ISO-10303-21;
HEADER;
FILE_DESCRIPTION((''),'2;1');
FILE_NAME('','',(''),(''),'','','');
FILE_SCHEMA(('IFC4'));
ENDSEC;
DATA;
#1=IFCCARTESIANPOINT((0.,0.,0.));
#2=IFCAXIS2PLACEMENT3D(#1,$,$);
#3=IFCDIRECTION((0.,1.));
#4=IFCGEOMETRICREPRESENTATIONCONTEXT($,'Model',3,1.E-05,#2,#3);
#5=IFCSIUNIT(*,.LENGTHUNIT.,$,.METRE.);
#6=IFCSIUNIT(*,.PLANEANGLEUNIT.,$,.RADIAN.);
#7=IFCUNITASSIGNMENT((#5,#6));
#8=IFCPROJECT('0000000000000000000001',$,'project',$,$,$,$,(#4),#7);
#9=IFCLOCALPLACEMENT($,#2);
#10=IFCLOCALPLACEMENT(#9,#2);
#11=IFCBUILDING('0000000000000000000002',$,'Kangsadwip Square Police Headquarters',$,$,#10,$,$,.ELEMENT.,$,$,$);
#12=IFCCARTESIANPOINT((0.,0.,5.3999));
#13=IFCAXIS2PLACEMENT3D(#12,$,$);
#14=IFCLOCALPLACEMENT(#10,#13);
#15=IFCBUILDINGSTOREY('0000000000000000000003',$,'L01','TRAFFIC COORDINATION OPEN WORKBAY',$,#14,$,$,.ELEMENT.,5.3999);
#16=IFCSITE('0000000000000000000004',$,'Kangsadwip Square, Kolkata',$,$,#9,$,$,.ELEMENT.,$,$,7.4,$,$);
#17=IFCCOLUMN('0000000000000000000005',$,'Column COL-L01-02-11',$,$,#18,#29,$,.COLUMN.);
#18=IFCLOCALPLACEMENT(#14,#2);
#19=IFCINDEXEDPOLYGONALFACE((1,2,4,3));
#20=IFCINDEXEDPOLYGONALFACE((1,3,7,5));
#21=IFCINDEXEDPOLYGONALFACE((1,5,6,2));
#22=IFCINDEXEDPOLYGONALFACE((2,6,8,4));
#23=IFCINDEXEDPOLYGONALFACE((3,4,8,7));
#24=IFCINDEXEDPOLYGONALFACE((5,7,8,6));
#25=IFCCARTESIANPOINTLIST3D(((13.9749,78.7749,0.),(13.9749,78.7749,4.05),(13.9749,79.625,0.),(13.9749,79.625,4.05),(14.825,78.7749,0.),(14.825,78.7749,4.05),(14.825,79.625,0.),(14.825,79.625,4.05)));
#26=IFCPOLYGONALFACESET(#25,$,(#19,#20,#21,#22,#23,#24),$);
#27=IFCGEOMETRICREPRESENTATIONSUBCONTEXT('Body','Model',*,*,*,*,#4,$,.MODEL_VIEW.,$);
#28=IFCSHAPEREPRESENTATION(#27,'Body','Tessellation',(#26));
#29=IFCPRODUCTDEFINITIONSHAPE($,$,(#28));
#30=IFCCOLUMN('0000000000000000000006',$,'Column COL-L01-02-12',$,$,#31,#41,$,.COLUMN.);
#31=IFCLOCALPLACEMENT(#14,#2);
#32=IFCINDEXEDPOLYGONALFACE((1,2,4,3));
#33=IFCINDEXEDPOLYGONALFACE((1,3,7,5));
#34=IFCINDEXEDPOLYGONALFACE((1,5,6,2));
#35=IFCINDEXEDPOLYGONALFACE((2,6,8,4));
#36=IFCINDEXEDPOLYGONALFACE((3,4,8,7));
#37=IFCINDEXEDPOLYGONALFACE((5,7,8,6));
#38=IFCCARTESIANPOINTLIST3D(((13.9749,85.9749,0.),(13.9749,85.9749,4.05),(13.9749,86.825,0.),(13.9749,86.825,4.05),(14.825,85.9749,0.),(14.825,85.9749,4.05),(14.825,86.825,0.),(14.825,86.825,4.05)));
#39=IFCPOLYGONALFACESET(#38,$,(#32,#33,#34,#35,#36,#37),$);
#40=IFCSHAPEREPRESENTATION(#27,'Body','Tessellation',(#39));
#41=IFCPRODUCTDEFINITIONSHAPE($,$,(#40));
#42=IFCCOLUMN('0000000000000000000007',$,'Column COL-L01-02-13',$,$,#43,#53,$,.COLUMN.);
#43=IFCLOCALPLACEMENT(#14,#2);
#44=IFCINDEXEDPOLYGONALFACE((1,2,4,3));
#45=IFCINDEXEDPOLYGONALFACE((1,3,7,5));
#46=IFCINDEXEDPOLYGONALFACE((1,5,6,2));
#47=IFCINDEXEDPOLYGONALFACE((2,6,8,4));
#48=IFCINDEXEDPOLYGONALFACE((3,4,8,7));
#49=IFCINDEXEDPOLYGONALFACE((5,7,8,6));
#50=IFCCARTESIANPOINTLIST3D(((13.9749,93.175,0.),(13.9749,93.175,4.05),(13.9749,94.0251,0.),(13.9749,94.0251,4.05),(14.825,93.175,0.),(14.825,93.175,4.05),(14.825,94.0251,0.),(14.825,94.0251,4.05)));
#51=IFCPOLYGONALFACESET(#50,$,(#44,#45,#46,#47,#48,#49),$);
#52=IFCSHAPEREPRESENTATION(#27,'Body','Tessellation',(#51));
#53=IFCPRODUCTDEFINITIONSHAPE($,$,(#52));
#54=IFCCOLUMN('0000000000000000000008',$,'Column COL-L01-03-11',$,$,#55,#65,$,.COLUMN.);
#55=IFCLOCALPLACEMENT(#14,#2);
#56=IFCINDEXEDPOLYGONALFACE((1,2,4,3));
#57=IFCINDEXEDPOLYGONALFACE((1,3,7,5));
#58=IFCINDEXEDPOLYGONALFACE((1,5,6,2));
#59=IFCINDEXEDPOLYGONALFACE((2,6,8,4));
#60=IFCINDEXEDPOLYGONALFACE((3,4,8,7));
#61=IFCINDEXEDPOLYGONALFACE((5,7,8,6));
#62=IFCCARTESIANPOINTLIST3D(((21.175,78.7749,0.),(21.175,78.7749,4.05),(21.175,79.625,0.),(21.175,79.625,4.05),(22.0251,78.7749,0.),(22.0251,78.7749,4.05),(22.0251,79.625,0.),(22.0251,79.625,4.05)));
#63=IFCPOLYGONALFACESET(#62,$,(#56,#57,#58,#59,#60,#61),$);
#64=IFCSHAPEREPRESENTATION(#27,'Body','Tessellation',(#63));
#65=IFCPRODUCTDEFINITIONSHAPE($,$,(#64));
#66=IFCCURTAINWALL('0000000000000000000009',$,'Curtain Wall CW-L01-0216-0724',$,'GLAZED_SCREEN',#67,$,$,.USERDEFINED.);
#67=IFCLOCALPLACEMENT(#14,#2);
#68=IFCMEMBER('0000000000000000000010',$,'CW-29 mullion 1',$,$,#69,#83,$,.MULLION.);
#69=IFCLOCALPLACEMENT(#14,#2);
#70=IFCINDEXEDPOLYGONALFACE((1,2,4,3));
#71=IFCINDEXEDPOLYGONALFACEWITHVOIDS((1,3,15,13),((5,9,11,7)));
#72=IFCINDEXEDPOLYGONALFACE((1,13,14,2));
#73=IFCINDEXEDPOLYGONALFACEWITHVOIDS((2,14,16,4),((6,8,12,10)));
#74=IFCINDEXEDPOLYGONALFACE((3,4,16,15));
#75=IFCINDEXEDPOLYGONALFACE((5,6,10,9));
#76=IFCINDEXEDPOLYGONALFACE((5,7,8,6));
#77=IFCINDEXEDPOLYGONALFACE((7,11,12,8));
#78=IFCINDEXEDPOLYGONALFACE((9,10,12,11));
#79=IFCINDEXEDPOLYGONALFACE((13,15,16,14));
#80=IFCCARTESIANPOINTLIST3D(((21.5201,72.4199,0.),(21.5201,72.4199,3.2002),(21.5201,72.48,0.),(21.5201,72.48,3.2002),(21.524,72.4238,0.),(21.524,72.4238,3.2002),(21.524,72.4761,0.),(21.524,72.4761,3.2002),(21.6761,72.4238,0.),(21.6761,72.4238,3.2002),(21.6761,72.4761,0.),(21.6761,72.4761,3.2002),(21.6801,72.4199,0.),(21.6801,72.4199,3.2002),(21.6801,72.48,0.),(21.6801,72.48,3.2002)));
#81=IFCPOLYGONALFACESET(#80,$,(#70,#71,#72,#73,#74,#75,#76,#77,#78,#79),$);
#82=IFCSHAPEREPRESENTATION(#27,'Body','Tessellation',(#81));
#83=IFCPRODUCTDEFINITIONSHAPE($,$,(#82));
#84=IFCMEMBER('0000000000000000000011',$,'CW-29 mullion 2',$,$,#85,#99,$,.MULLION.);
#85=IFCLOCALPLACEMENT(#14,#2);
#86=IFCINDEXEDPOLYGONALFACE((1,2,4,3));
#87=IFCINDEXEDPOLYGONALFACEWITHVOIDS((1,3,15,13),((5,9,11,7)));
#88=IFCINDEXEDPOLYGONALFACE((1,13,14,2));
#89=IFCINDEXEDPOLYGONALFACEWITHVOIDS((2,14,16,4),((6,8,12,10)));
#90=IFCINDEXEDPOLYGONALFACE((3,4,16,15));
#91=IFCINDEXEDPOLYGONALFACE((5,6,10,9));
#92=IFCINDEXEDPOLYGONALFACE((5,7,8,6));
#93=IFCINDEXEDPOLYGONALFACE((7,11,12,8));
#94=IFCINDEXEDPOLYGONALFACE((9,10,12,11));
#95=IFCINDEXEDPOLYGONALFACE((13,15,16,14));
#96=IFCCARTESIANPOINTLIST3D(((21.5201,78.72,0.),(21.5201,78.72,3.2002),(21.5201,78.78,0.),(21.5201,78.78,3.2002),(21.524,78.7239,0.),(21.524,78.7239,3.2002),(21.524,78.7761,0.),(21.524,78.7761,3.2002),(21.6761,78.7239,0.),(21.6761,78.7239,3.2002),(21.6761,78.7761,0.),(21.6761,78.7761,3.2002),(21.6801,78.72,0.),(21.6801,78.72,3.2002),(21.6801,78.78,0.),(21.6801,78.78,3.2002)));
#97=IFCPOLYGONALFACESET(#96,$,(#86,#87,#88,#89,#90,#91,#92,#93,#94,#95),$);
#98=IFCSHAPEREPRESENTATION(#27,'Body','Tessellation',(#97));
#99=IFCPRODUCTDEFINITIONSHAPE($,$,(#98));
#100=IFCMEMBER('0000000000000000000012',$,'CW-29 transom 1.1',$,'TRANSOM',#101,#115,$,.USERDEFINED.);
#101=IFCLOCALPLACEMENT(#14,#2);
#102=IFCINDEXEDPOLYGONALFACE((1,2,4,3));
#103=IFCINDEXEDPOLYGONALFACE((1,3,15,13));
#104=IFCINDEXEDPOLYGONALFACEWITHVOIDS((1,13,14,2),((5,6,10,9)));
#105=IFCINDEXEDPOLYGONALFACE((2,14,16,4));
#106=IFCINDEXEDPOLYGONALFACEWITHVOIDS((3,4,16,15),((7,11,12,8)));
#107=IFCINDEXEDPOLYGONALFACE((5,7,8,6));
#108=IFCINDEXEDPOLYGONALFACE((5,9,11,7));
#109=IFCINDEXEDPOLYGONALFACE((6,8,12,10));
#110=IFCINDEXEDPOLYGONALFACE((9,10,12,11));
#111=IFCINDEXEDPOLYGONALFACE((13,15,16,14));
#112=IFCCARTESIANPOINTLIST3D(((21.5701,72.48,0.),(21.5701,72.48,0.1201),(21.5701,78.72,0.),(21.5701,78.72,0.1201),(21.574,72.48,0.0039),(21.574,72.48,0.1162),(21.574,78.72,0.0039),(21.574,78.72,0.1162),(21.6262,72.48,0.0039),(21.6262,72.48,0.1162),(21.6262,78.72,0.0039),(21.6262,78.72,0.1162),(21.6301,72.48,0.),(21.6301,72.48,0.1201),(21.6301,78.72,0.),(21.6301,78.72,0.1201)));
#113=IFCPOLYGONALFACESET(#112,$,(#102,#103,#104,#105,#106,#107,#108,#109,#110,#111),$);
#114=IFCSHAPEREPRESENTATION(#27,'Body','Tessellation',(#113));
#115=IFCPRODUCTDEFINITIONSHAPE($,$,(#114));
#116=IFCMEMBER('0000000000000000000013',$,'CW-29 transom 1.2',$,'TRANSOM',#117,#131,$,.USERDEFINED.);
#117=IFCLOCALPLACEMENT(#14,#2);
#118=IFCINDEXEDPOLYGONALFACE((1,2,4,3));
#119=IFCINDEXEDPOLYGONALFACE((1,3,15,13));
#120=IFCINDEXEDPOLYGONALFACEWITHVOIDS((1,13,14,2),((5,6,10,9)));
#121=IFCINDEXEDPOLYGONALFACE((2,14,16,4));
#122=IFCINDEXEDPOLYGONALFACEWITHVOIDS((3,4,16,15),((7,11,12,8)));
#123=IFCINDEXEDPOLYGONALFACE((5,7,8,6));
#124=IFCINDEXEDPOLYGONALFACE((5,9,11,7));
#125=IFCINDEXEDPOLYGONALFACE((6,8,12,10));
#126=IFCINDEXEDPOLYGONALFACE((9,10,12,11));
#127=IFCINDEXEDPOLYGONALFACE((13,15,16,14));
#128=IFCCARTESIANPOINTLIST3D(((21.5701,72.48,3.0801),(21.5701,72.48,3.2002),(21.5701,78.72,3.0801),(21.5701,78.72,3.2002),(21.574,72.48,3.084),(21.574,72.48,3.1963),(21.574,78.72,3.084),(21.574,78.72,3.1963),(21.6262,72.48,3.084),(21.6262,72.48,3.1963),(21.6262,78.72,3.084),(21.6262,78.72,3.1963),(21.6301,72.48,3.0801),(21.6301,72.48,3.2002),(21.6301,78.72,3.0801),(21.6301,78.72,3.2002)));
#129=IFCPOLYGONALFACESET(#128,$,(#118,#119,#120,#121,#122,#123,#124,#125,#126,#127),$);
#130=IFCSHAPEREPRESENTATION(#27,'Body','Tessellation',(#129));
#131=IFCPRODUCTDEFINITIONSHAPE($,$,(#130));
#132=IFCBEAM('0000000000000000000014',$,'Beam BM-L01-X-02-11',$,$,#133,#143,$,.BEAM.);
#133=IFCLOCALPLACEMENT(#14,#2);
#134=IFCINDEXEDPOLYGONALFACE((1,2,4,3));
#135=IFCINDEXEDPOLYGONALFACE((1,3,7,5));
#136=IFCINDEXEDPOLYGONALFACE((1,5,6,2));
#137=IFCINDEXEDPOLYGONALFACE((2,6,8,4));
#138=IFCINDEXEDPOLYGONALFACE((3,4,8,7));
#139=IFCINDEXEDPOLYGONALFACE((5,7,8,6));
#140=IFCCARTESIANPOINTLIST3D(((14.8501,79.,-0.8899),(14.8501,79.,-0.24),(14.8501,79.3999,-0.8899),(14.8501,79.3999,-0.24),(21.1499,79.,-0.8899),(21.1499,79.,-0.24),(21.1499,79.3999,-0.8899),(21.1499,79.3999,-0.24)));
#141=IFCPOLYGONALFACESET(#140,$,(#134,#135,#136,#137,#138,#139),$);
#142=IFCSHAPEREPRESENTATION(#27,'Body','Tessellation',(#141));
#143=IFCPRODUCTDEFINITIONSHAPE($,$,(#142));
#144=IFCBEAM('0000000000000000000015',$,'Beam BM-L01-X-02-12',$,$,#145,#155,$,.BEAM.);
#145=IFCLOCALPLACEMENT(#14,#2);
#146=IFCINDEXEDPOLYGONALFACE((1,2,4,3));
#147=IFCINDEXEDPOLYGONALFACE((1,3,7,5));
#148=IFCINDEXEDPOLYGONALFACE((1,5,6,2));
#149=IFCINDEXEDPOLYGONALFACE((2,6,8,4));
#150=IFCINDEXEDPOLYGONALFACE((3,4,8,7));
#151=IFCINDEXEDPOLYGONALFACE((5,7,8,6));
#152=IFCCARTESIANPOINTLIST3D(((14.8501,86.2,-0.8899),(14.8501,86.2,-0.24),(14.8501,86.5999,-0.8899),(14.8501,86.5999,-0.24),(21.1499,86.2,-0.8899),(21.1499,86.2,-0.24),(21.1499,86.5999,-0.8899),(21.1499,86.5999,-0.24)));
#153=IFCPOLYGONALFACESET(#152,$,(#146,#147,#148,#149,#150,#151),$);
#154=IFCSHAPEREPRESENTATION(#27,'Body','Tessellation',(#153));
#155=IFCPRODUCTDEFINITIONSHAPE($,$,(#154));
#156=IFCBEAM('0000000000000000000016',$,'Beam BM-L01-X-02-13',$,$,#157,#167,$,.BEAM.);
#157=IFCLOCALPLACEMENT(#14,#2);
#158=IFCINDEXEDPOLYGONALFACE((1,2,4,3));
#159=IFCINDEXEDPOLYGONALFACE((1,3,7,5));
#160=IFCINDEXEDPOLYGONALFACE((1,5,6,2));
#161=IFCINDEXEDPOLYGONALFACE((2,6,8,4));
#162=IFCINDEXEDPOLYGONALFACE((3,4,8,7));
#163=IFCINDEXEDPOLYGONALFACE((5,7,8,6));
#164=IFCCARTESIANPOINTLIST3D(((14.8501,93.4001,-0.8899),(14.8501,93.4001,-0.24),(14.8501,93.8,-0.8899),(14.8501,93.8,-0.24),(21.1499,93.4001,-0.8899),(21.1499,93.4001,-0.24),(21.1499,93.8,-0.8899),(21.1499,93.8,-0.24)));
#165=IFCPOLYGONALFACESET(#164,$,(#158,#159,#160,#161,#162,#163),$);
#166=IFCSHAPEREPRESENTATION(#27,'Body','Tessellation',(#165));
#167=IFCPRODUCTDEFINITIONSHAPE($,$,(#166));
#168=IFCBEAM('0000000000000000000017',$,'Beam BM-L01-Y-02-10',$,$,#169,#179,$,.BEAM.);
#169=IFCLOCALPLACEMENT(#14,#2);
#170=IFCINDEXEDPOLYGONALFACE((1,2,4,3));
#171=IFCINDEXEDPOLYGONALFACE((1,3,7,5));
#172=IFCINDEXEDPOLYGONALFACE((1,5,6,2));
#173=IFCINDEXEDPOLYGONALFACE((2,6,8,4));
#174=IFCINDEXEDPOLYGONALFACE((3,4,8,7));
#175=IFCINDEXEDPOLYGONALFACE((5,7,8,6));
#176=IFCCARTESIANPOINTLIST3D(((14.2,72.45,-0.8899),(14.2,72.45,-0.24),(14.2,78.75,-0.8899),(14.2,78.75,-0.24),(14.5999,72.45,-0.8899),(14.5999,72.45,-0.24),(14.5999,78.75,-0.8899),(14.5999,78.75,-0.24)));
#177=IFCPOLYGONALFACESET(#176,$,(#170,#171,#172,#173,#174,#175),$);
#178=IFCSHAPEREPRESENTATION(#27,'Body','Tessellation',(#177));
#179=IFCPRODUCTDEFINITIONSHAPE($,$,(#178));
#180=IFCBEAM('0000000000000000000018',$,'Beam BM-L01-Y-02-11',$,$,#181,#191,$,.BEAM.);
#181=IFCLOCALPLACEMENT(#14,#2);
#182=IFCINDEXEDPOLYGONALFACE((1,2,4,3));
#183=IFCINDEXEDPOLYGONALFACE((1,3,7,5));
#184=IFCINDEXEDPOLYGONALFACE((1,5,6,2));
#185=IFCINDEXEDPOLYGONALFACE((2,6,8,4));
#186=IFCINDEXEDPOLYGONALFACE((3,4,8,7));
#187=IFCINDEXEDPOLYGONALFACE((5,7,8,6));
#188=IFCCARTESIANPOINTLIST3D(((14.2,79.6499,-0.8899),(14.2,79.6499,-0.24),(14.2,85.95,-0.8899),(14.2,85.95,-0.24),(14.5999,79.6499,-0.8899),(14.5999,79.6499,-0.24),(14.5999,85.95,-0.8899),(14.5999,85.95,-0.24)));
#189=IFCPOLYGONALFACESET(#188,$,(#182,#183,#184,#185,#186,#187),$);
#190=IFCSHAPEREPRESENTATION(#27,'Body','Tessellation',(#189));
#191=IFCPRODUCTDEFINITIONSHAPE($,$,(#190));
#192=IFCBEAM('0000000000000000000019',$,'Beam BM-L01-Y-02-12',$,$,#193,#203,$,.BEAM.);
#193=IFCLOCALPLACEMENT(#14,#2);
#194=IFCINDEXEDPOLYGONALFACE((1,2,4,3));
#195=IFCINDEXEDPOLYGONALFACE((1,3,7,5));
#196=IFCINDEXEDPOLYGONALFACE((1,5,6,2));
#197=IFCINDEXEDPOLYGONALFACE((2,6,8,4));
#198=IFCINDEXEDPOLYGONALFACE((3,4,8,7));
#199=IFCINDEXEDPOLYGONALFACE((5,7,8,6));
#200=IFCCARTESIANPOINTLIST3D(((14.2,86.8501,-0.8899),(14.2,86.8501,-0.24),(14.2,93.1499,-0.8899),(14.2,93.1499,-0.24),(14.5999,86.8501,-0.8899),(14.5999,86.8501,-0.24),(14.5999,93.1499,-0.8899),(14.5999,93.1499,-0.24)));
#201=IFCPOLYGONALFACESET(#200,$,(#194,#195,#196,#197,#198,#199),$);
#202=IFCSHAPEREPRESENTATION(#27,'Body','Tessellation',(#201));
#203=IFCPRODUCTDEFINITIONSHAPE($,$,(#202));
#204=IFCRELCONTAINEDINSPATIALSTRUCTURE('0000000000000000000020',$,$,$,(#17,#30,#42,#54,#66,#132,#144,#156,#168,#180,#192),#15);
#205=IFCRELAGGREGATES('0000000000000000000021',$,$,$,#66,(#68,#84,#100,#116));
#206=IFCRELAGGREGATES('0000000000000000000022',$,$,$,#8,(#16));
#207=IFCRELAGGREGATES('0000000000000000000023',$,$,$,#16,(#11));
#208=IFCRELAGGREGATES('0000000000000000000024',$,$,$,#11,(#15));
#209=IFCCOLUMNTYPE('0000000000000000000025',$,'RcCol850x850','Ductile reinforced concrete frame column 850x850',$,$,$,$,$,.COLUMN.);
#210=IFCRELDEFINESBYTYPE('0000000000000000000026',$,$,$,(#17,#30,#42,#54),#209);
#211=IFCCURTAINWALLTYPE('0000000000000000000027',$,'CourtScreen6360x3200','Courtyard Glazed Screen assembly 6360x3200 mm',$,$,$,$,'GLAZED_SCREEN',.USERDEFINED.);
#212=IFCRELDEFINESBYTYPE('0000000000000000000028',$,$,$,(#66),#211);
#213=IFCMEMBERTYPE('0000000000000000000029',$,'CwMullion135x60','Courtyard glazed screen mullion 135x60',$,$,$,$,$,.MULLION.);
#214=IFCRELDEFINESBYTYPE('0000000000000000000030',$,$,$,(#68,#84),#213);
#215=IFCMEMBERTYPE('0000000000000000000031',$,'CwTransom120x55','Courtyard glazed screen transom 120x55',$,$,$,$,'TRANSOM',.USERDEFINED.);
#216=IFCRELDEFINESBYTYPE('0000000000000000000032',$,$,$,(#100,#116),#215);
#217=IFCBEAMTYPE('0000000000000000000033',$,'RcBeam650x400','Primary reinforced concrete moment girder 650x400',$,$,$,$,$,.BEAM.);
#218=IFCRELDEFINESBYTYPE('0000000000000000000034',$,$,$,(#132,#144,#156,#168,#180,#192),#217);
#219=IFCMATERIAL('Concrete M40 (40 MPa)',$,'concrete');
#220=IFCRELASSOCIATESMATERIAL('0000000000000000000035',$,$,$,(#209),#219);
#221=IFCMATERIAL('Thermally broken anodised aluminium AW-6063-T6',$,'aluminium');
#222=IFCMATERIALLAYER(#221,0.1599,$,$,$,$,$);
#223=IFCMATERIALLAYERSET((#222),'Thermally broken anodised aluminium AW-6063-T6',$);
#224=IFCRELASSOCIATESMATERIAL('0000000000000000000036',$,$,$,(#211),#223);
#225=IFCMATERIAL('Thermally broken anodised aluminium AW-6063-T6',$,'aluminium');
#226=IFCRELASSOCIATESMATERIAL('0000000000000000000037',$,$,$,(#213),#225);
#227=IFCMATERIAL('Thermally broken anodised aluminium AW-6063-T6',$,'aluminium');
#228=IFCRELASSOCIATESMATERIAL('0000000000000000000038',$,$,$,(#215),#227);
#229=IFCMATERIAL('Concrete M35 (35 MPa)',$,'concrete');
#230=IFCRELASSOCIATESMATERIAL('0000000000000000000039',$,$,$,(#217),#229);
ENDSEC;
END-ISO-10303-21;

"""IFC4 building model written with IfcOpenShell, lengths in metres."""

from ifc_helpers import new_model, si_unit, direction, frame, origin, origin_2d, place, context, subcontext, project, spatial, rectangle, hollow_rectangle, extrude, material, layer, layer_set, material_profile, profile_set, type_object, element, aggregate, save


model = new_model("IFC4")

# Units and contexts
model_context = context("Model", 3, precision=1e-05, world=origin(), true_north=direction((0.0, 1.0)))
body_context = subcontext(model_context, "Body", "Model", "MODEL_VIEW")
ifc_project = project(units=[si_unit("LENGTHUNIT", "METRE"), si_unit("PLANEANGLEUNIT", "RADIAN")], contexts=[model_context])

# Site, building, storey
site_placement = place(None, origin())
site = spatial("IfcSite", under=ifc_project, at=site_placement, Name="Kangsadwip Square, Kolkata", CompositionType="ELEMENT", RefElevation=7.4)
building_placement = place(site_placement, origin())
building = spatial("IfcBuilding", under=site, at=building_placement, Name="Kangsadwip Square Police Headquarters", CompositionType="ELEMENT")
storey_placement = place(building_placement, frame((0.0, 0.0, 5.3999)))
storey = spatial("IfcBuildingStorey", under=building, at=storey_placement, Name="L01", Description="TRAFFIC COORDINATION OPEN WORKBAY", CompositionType="ELEMENT", Elevation=5.3999)

# Columns
ifc_material_1 = material(Name="Concrete M40 (40 MPa)", Category="concrete")
ifc_material_profile_1 = material_profile(ifc_material_1, rectangle(XDim=0.8501, YDim=0.8501, at=origin_2d()), Name="RC COL 850X850")
ifc_profile_set_1 = profile_set([ifc_material_profile_1], Name="Concrete M40 (40 MPa)")
column_type = type_object("IfcColumnType", Name="RcCol850x850", Description="Ductile reinforced concrete frame column 850x850", PredefinedType="COLUMN", material=ifc_profile_set_1)
for number, where, z_axis, x_axis, name in (
    (1, (14.3999, 79.2, 0.0), (0.0, 0.0, 1.0), (1.0, 0.0, 0.0), "Column COL-L01-02-11"),
    (2, (14.3999, 86.3999, 0.0), (0.0, 0.0, 1.0), (1.0, 0.0, 0.0), "Column COL-L01-02-12"),
    (3, (14.3999, 93.6001, 0.0), (0.0, 0.0, 1.0), (1.0, 0.0, 0.0), "Column COL-L01-02-13"),
    (4, (21.6001, 79.2, 0.0), (0.0, 0.0, 1.0), (1.0, 0.0, 0.0), "Column COL-L01-03-11"),
):
    element("IfcColumn", number, at=place(storey_placement, frame(where, z_axis=z_axis, x_axis=x_axis)), inside=storey, type_object=column_type, Name=name, PredefinedType="COLUMN", context=body_context, shape_type="SweptSolid", body=[
        extrude(rectangle(XDim=0.8501, YDim=0.8501, at=origin_2d()), origin(), (0.0, 0.0, 1.0), 4.05),
    ])

# Curtain wall, members
ifc_material_2 = material(Name="Thermally broken anodised aluminium AW-6063-T6", Category="aluminium")
ifc_layer_1 = layer(ifc_material_2, 0.1599)
ifc_layer_set_1 = layer_set([ifc_layer_1], Name="Thermally broken anodised aluminium AW-6063-T6")
curtain_wall_type = type_object("IfcCurtainWallType", Name="CourtScreen6360x3200", Description="Courtyard Glazed Screen assembly 6360x3200 mm", ElementType="GLAZED_SCREEN", PredefinedType="USERDEFINED", material=ifc_layer_set_1)
curtain_wall_placement = place(storey_placement, origin())
curtain_wall = element("IfcCurtainWall", 5, at=curtain_wall_placement, inside=storey, type_object=curtain_wall_type, Name="Curtain Wall CW-L01-0216-0724", ObjectType="GLAZED_SCREEN", PredefinedType="USERDEFINED")
ifc_material_3 = material(Name="Thermally broken anodised aluminium AW-6063-T6", Category="aluminium")
ifc_material_profile_2 = material_profile(ifc_material_3, hollow_rectangle(XDim=0.0601, YDim=0.1599, WallThickness=0.0039, at=origin_2d()), Name="CWM 160X60X4")
ifc_profile_set_2 = profile_set([ifc_material_profile_2], Name="Thermally broken anodised aluminium AW-6063-T6")
member_type_1 = type_object("IfcMemberType", Name="CwMullion135x60", Description="Courtyard glazed screen mullion 135x60", PredefinedType="MULLION", material=ifc_profile_set_2)
member_1_placement = place(storey_placement, frame((21.6001, 72.45, 0.0), z_axis=(0.0, 0.0, 1.0), x_axis=(0.0, 1.0, 0.0)))
member_1 = element("IfcMember", 6, at=member_1_placement, type_object=member_type_1, Name="CW-29 mullion 1", PredefinedType="MULLION", context=body_context, shape_type="SweptSolid", body=[
    extrude(hollow_rectangle(XDim=0.0601, YDim=0.1599, WallThickness=0.0039, at=origin_2d()), origin(), (0.0, 0.0, 1.0), 3.2002),
])
member_2_placement = place(storey_placement, frame((21.6001, 78.75, 0.0), z_axis=(0.0, 0.0, 1.0), x_axis=(0.0, 1.0, 0.0)))
member_2 = element("IfcMember", 7, at=member_2_placement, type_object=member_type_1, Name="CW-29 mullion 2", PredefinedType="MULLION", context=body_context, shape_type="SweptSolid", body=[
    extrude(hollow_rectangle(XDim=0.0601, YDim=0.1599, WallThickness=0.0039, at=origin_2d()), origin(), (0.0, 0.0, 1.0), 3.2002),
])
ifc_material_4 = material(Name="Thermally broken anodised aluminium AW-6063-T6", Category="aluminium")
ifc_material_profile_3 = material_profile(ifc_material_4, hollow_rectangle(XDim=0.0601, YDim=0.1201, WallThickness=0.0039, at=origin_2d()), Name="CWT 120X60X4")
ifc_profile_set_3 = profile_set([ifc_material_profile_3], Name="Thermally broken anodised aluminium AW-6063-T6")
member_type_2 = type_object("IfcMemberType", Name="CwTransom120x55", Description="Courtyard glazed screen transom 120x55", ElementType="TRANSOM", PredefinedType="USERDEFINED", material=ifc_profile_set_3)
member_3_placement = place(storey_placement, frame((21.6001, 72.48, 0.0601), z_axis=(0.0, 1.0, 0.0), x_axis=(-1.0, 0.0, 0.0)))
member_3 = element("IfcMember", 8, at=member_3_placement, type_object=member_type_2, Name="CW-29 transom 1.1", ObjectType="TRANSOM", PredefinedType="USERDEFINED", context=body_context, shape_type="SweptSolid", body=[
    extrude(hollow_rectangle(XDim=0.0601, YDim=0.1201, WallThickness=0.0039, at=origin_2d()), origin(), (0.0, 0.0, 1.0), 6.24),
])
member_4_placement = place(storey_placement, frame((21.6001, 72.48, 3.1401), z_axis=(0.0, 1.0, 0.0), x_axis=(-1.0, 0.0, 0.0)))
member_4 = element("IfcMember", 9, at=member_4_placement, type_object=member_type_2, Name="CW-29 transom 1.2", ObjectType="TRANSOM", PredefinedType="USERDEFINED", context=body_context, shape_type="SweptSolid", body=[
    extrude(hollow_rectangle(XDim=0.0601, YDim=0.1201, WallThickness=0.0039, at=origin_2d()), origin(), (0.0, 0.0, 1.0), 6.24),
])

# Beams
ifc_material_5 = material(Name="Concrete M35 (35 MPa)", Category="concrete")
ifc_material_profile_4 = material_profile(ifc_material_5, rectangle(XDim=0.3999, YDim=0.6499, at=origin_2d()), Name="RC BM 650X400")
ifc_profile_set_4 = profile_set([ifc_material_profile_4], Name="Concrete M35 (35 MPa)")
beam_type_1 = type_object("IfcBeamType", Name="RcBeam650x400", Description="Primary reinforced concrete moment girder 650x400", PredefinedType="BEAM", material=ifc_profile_set_4)
for number, where, z_axis, x_axis, name in (
    (10, (14.8501, 79.2, -0.5649), (1.0, 0.0, 0.0), (0.0, 1.0, 0.0), "Beam BM-L01-X-02-11"),
    (11, (14.8501, 86.3999, -0.5649), (1.0, 0.0, 0.0), (0.0, 1.0, 0.0), "Beam BM-L01-X-02-12"),
    (12, (14.8501, 93.6001, -0.5649), (1.0, 0.0, 0.0), (0.0, 1.0, 0.0), "Beam BM-L01-X-02-13"),
):
    element("IfcBeam", number, at=place(storey_placement, frame(where, z_axis=z_axis, x_axis=x_axis)), inside=storey, type_object=beam_type_1, Name=name, PredefinedType="BEAM", context=body_context, shape_type="SweptSolid", body=[
        extrude(rectangle(XDim=0.3999, YDim=0.6499, at=origin_2d()), origin(), (0.0, 0.0, 1.0), 6.2998),
    ])
for number, where, z_axis, x_axis, name in (
    (13, (14.3999, 72.45, -0.5649), (0.0, 1.0, 0.0), (-1.0, 0.0, 0.0), "Beam BM-L01-Y-02-10"),
    (14, (14.3999, 79.6499, -0.5649), (0.0, 1.0, 0.0), (-1.0, 0.0, 0.0), "Beam BM-L01-Y-02-11"),
):
    element("IfcBeam", number, at=place(storey_placement, frame(where, z_axis=z_axis, x_axis=x_axis)), inside=storey, type_object=beam_type_1, Name=name, PredefinedType="BEAM", context=body_context, shape_type="SweptSolid", body=[
        extrude(rectangle(XDim=0.3999, YDim=0.6499, at=origin_2d()), origin(), (0.0, 0.0, 1.0), 6.3),
    ])
beam_1_placement = place(storey_placement, frame((14.3999, 86.8501, -0.5649), z_axis=(0.0, 1.0, 0.0), x_axis=(-1.0, 0.0, 0.0)))
element("IfcBeam", 15, at=beam_1_placement, inside=storey, type_object=beam_type_1, Name="Beam BM-L01-Y-02-12", PredefinedType="BEAM", context=body_context, shape_type="SweptSolid", body=[
    extrude(rectangle(XDim=0.3999, YDim=0.6499, at=origin_2d()), origin(), (0.0, 0.0, 1.0), 6.2998),
])

aggregate(curtain_wall, [member_1, member_2, member_3, member_4])

save(model, "model.ifc")
